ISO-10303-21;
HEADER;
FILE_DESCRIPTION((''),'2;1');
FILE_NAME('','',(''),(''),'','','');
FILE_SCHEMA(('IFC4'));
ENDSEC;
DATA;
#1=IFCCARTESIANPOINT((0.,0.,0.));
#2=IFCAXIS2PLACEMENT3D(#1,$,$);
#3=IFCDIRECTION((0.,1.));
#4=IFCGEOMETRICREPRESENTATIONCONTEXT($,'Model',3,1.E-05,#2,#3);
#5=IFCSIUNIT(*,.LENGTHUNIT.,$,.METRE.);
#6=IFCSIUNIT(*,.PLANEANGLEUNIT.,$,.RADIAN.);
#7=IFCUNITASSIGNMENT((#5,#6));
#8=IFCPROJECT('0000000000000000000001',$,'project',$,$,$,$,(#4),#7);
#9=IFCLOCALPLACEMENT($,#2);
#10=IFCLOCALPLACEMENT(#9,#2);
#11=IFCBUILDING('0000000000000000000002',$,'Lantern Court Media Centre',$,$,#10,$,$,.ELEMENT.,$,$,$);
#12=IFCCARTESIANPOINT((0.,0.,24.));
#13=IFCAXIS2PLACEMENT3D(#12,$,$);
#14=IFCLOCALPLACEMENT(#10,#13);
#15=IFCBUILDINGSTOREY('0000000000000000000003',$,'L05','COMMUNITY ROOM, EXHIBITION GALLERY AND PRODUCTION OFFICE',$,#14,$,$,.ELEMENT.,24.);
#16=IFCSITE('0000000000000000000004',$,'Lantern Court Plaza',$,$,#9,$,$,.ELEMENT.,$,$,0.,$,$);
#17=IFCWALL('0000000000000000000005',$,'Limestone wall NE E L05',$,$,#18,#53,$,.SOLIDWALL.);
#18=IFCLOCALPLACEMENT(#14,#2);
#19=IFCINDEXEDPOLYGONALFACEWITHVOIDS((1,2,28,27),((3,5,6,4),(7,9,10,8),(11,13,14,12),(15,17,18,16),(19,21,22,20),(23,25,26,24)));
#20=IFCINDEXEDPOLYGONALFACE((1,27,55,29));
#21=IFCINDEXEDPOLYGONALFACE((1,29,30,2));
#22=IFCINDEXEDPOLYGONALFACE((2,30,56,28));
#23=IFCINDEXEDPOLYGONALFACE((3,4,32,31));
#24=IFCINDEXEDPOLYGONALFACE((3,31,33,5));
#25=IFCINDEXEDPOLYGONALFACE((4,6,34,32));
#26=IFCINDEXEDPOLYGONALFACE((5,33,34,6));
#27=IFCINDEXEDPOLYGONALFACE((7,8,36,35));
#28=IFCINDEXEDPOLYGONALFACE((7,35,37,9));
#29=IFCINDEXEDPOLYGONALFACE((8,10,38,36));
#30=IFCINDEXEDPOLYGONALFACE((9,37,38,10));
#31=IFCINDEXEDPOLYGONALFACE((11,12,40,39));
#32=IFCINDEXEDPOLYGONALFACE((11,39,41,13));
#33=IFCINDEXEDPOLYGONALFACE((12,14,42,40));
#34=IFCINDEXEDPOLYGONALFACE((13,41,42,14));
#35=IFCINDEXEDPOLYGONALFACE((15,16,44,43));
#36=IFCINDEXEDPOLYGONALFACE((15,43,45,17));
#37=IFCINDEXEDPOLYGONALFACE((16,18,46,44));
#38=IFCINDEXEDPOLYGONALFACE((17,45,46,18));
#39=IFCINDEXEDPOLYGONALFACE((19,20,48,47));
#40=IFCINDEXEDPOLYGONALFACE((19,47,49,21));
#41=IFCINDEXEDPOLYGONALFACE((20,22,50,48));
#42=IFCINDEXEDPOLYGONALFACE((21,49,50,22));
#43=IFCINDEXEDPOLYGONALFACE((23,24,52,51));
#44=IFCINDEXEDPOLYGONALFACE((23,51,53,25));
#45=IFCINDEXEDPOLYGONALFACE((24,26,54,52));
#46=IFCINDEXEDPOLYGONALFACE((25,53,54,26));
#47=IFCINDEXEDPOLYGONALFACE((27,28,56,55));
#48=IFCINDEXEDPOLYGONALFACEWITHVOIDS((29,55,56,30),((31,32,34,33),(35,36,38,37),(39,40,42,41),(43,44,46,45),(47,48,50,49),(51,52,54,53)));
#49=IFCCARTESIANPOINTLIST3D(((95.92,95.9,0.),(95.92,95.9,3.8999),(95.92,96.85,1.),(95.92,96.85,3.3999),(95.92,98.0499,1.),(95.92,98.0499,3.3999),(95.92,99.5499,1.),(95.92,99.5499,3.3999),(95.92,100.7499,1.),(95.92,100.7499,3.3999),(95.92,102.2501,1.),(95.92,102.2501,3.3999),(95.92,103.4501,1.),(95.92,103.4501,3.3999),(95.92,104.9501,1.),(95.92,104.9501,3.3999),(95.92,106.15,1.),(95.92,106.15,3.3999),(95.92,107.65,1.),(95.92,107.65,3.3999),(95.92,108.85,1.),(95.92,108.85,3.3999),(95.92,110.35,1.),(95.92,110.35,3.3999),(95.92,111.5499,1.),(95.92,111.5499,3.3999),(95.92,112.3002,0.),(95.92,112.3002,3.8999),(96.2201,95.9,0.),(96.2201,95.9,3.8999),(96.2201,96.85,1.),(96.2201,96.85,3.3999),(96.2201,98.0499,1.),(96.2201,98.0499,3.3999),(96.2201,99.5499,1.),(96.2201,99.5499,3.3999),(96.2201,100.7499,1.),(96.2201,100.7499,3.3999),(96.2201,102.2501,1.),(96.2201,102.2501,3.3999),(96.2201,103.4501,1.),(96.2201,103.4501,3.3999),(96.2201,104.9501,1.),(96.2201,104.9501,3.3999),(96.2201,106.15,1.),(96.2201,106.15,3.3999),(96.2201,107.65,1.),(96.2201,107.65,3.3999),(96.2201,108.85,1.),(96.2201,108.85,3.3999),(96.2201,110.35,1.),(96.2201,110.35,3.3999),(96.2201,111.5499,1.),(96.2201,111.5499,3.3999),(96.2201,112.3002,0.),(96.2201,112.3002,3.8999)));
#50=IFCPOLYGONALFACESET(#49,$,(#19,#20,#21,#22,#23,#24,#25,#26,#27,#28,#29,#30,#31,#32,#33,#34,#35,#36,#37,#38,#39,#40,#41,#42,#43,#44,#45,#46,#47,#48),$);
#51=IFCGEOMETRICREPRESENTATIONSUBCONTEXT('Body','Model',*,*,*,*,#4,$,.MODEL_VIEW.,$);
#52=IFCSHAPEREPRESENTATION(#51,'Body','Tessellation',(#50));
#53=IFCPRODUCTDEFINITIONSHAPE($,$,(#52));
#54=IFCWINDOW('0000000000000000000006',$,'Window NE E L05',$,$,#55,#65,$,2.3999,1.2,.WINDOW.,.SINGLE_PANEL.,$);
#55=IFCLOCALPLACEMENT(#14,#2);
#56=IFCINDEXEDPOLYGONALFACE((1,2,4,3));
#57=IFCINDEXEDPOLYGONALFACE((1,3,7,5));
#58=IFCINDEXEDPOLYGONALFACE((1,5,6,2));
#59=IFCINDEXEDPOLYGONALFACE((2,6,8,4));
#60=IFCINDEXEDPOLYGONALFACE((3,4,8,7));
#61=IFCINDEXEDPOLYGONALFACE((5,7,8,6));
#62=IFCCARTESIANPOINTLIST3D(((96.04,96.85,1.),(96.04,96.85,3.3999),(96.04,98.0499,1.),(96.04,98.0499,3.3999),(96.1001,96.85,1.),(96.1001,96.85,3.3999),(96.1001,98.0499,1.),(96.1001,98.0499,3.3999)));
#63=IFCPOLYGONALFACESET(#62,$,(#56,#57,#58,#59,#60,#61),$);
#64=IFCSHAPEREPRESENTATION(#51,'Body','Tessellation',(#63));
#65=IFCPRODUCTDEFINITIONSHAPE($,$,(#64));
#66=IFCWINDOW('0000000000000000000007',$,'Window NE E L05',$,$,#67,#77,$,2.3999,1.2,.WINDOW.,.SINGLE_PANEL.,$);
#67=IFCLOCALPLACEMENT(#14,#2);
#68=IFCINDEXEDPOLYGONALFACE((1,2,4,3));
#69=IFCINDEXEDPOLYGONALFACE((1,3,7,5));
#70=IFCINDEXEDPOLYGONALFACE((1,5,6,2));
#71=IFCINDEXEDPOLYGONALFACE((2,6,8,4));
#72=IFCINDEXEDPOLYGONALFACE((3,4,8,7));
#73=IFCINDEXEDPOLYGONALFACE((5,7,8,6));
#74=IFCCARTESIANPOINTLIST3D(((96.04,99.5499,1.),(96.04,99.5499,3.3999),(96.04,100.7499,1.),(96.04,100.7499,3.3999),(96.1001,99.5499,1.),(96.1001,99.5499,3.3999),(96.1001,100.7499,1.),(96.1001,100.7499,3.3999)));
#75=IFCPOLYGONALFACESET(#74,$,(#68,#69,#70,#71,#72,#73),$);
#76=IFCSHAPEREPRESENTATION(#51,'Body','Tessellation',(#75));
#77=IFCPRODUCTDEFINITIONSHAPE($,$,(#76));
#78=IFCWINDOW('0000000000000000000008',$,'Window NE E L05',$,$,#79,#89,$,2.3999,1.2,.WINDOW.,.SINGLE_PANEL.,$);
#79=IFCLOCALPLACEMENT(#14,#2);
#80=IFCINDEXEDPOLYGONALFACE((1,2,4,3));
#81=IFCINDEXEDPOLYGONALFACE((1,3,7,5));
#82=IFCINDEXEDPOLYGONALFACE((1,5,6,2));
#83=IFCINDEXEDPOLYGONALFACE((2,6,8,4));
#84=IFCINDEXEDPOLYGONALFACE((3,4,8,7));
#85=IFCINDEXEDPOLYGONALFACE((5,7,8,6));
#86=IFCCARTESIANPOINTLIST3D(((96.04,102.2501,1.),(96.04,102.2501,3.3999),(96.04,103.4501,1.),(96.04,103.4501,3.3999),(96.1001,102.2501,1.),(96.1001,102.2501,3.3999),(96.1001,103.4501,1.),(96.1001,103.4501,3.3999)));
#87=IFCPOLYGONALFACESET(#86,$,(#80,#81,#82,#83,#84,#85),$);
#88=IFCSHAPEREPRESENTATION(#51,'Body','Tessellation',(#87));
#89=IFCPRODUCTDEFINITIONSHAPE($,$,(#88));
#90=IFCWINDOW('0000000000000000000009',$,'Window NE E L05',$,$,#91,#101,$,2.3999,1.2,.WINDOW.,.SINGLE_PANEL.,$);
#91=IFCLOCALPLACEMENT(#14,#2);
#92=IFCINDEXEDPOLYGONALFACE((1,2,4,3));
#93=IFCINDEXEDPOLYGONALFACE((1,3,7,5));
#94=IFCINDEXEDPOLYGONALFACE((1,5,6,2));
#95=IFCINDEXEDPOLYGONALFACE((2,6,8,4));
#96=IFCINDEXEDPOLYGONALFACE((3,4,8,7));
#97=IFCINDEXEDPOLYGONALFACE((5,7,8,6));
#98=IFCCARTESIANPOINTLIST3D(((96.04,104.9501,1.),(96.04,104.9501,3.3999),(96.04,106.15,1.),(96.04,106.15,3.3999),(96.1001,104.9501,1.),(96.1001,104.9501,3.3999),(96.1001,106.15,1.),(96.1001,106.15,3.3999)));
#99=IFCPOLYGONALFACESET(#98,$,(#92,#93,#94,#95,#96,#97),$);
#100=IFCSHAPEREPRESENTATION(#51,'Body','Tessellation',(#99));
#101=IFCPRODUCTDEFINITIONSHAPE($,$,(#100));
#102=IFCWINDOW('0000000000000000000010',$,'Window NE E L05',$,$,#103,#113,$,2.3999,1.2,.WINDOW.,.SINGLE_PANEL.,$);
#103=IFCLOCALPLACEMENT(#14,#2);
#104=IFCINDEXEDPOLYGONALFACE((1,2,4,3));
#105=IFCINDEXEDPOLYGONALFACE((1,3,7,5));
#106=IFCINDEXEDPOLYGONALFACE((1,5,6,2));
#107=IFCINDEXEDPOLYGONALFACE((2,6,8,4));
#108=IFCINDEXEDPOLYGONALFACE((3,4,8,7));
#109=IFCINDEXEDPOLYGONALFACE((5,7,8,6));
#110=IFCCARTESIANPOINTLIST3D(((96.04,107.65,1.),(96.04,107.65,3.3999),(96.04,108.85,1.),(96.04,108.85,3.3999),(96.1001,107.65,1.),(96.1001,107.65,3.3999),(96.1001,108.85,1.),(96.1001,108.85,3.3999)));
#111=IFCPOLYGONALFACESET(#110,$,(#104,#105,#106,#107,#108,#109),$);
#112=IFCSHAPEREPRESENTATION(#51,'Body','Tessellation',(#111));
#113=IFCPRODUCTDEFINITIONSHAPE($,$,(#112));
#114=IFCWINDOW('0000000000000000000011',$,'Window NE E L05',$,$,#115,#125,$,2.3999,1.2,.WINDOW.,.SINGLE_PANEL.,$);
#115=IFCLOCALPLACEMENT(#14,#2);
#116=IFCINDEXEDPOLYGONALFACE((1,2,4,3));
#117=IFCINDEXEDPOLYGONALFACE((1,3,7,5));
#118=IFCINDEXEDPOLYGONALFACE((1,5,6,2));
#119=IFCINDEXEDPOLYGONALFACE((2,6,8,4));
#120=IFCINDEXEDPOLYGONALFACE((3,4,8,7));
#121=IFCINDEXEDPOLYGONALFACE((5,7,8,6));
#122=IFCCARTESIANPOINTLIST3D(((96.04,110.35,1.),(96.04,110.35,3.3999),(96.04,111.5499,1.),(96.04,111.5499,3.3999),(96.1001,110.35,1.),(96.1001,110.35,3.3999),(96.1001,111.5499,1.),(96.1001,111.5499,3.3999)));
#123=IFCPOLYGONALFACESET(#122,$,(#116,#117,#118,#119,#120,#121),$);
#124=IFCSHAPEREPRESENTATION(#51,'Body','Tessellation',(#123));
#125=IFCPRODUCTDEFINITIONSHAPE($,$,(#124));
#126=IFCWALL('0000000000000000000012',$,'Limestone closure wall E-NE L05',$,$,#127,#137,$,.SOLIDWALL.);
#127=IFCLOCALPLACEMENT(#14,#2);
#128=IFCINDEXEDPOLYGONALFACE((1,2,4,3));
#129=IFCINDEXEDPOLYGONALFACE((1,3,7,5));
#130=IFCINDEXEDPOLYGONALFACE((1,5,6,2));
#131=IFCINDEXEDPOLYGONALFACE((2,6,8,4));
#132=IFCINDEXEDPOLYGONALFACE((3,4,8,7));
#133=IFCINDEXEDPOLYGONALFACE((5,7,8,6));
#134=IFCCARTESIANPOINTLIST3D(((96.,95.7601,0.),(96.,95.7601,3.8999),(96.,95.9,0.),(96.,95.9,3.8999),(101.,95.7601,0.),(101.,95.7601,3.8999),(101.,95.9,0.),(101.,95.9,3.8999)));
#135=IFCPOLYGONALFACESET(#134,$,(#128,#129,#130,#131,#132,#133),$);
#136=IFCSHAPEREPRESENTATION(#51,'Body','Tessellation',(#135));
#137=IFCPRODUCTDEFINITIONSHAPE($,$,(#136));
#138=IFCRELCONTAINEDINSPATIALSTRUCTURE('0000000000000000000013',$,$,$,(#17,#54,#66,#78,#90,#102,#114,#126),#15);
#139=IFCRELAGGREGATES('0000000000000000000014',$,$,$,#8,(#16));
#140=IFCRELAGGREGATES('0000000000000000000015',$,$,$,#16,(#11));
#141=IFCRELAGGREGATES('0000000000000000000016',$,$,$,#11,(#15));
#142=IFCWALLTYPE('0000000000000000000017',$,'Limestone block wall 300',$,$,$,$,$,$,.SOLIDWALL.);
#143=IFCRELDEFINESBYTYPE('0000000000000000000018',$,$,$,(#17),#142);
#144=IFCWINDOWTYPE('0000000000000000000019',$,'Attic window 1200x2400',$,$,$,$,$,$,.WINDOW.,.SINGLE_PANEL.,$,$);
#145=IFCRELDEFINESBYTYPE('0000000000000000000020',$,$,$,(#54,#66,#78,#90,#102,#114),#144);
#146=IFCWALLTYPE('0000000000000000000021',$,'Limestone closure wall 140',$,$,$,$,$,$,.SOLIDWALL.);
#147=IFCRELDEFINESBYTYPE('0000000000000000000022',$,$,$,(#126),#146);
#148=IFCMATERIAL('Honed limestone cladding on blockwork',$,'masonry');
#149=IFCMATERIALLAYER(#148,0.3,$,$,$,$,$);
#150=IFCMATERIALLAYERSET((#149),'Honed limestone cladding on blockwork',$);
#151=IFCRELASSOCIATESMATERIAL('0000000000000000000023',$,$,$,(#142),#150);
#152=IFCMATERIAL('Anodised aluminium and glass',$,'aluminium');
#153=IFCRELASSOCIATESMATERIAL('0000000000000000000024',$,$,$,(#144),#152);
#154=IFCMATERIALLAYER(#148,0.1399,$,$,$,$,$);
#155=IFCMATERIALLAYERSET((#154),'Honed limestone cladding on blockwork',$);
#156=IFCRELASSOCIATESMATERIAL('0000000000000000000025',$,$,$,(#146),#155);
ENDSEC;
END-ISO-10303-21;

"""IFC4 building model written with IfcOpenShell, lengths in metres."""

from ifc_helpers import new_model, si_unit, direction, frame, frame_2d, origin, place, context, subcontext, project, spatial, rectangle, extrude, material, layer, layer_set, type_object, element, fill, save


model = new_model("IFC4")

# Units and contexts
model_context = context("Model", 3, precision=1e-05, world=origin(), true_north=direction((0.0, 1.0)))
body_context = subcontext(model_context, "Body", "Model", "MODEL_VIEW")
ifc_project = project(units=[si_unit("LENGTHUNIT", "METRE"), si_unit("PLANEANGLEUNIT", "RADIAN")], contexts=[model_context])

# Site, building, storey
site_placement = place(None, origin())
site = spatial("IfcSite", under=ifc_project, at=site_placement, Name="Lantern Court Plaza", CompositionType="ELEMENT", RefElevation=0.0)
building_placement = place(site_placement, origin())
building = spatial("IfcBuilding", under=site, at=building_placement, Name="Lantern Court Media Centre", CompositionType="ELEMENT")
storey_placement = place(building_placement, frame((0.0, 0.0, 24.0)))
storey = spatial("IfcBuildingStorey", under=building, at=storey_placement, Name="L05", Description="COMMUNITY ROOM, EXHIBITION GALLERY AND PRODUCTION OFFICE", CompositionType="ELEMENT", Elevation=24.0)

# Wall, openings, windows
ifc_material_1 = material(Name="Honed limestone cladding on blockwork", Category="masonry")
ifc_layer_1 = layer(ifc_material_1, 0.3)
ifc_layer_set_1 = layer_set([ifc_layer_1], Name="Honed limestone cladding on blockwork")
wall_type_1 = type_object("IfcWallType", Name="Limestone block wall 300", PredefinedType="SOLIDWALL", material=ifc_layer_set_1)
wall_1_placement = place(storey_placement, frame((96.0701, 95.8999, 0.0), z_axis=(0.0, 0.0, 1.0), x_axis=(0.0, 1.0, 0.0)))
wall_1 = element("IfcWall", 1, at=wall_1_placement, inside=storey, type_object=wall_type_1, Name="Limestone wall NE E L05", PredefinedType="SOLIDWALL", context=body_context, shape_type="SweptSolid", body=[
    extrude(rectangle(XDim=16.4001, YDim=0.3, at=frame_2d((8.2002, 0.0))), origin(), (0.0, 0.0, 1.0), 3.8999),
])
opening_1_placement = place(wall_1_placement, frame((0.95, 0.0, 1.0)))
opening_1 = element("IfcOpeningElement", 2, at=opening_1_placement, cuts=wall_1, PredefinedType="OPENING", context=body_context, shape_type="SweptSolid", body=[
    extrude(rectangle(XDim=1.2, YDim=2.3999, at=frame_2d((0.6001, 1.2))), frame((0.0, 0.1599, 0.0), z_axis=(0.0, -1.0, 0.0), x_axis=(1.0, 0.0, 0.0)), (0.0, 0.0, 1.0), 0.3201),
])
opening_2_placement = place(wall_1_placement, frame((3.6499, 0.0, 1.0)))
opening_2 = element("IfcOpeningElement", 3, at=opening_2_placement, cuts=wall_1, PredefinedType="OPENING", context=body_context, shape_type="SweptSolid", body=[
    extrude(rectangle(XDim=1.2, YDim=2.3999, at=frame_2d((0.6001, 1.2))), frame((0.0, 0.1599, 0.0), z_axis=(0.0, -1.0, 0.0), x_axis=(1.0, 0.0, 0.0)), (0.0, 0.0, 1.0), 0.3201),
])
opening_3_placement = place(wall_1_placement, frame((6.3501, 0.0, 1.0)))
opening_3 = element("IfcOpeningElement", 4, at=opening_3_placement, cuts=wall_1, PredefinedType="OPENING", context=body_context, shape_type="SweptSolid", body=[
    extrude(rectangle(XDim=1.2, YDim=2.3999, at=frame_2d((0.6001, 1.2))), frame((0.0, 0.1599, 0.0), z_axis=(0.0, -1.0, 0.0), x_axis=(1.0, 0.0, 0.0)), (0.0, 0.0, 1.0), 0.3201),
])
opening_4_placement = place(wall_1_placement, frame((9.05, 0.0, 1.0)))
opening_4 = element("IfcOpeningElement", 5, at=opening_4_placement, cuts=wall_1, PredefinedType="OPENING", context=body_context, shape_type="SweptSolid", body=[
    extrude(rectangle(XDim=1.2, YDim=2.3999, at=frame_2d((0.6001, 1.2))), frame((0.0, 0.1599, 0.0), z_axis=(0.0, -1.0, 0.0), x_axis=(1.0, 0.0, 0.0)), (0.0, 0.0, 1.0), 0.3201),
])
opening_5_placement = place(wall_1_placement, frame((11.75, 0.0, 1.0)))
opening_5 = element("IfcOpeningElement", 6, at=opening_5_placement, cuts=wall_1, PredefinedType="OPENING", context=body_context, shape_type="SweptSolid", body=[
    extrude(rectangle(XDim=1.2, YDim=2.3999, at=frame_2d((0.6001, 1.2))), frame((0.0, 0.1599, 0.0), z_axis=(0.0, -1.0, 0.0), x_axis=(1.0, 0.0, 0.0)), (0.0, 0.0, 1.0), 0.3201),
])
opening_6_placement = place(wall_1_placement, frame((14.45, 0.0, 1.0)))
opening_6 = element("IfcOpeningElement", 7, at=opening_6_placement, cuts=wall_1, PredefinedType="OPENING", context=body_context, shape_type="SweptSolid", body=[
    extrude(rectangle(XDim=1.2, YDim=2.3999, at=frame_2d((0.6001, 1.2))), frame((0.0, 0.1599, 0.0), z_axis=(0.0, -1.0, 0.0), x_axis=(1.0, 0.0, 0.0)), (0.0, 0.0, 1.0), 0.3201),
])
ifc_material_2 = material(Name="Anodised aluminium and glass", Category="aluminium")
window_type = type_object("IfcWindowType", Name="Attic window 1200x2400", PartitioningType="SINGLE_PANEL", PredefinedType="WINDOW", material=ifc_material_2)
window_1_placement = place(opening_1_placement, origin())
window_1 = element("IfcWindow", 8, at=window_1_placement, inside=storey, type_object=window_type, Name="Window NE E L05", OverallHeight=2.3999, OverallWidth=1.2, PartitioningType="SINGLE_PANEL", PredefinedType="WINDOW", context=body_context, shape_type="SweptSolid", body=[
    extrude(rectangle(XDim=1.2, YDim=2.3999, at=frame_2d((0.6001, 1.2))), frame((0.0, 0.03, 0.0), z_axis=(0.0, -1.0, 0.0), x_axis=(1.0, 0.0, 0.0)), (0.0, 0.0, 1.0), 0.0601),
])
fill(opening_1, window_1)
window_2_placement = place(opening_2_placement, origin())
window_2 = element("IfcWindow", 9, at=window_2_placement, inside=storey, type_object=window_type, Name="Window NE E L05", OverallHeight=2.3999, OverallWidth=1.2, PartitioningType="SINGLE_PANEL", PredefinedType="WINDOW", context=body_context, shape_type="SweptSolid", body=[
    extrude(rectangle(XDim=1.2, YDim=2.3999, at=frame_2d((0.6001, 1.2))), frame((0.0, 0.03, 0.0), z_axis=(0.0, -1.0, 0.0), x_axis=(1.0, 0.0, 0.0)), (0.0, 0.0, 1.0), 0.0601),
])
fill(opening_2, window_2)
window_3_placement = place(opening_3_placement, origin())
window_3 = element("IfcWindow", 10, at=window_3_placement, inside=storey, type_object=window_type, Name="Window NE E L05", OverallHeight=2.3999, OverallWidth=1.2, PartitioningType="SINGLE_PANEL", PredefinedType="WINDOW", context=body_context, shape_type="SweptSolid", body=[
    extrude(rectangle(XDim=1.2, YDim=2.3999, at=frame_2d((0.6001, 1.2))), frame((0.0, 0.03, 0.0), z_axis=(0.0, -1.0, 0.0), x_axis=(1.0, 0.0, 0.0)), (0.0, 0.0, 1.0), 0.0601),
])
fill(opening_3, window_3)
window_4_placement = place(opening_4_placement, origin())
window_4 = element("IfcWindow", 11, at=window_4_placement, inside=storey, type_object=window_type, Name="Window NE E L05", OverallHeight=2.3999, OverallWidth=1.2, PartitioningType="SINGLE_PANEL", PredefinedType="WINDOW", context=body_context, shape_type="SweptSolid", body=[
    extrude(rectangle(XDim=1.2, YDim=2.3999, at=frame_2d((0.6001, 1.2))), frame((0.0, 0.03, 0.0), z_axis=(0.0, -1.0, 0.0), x_axis=(1.0, 0.0, 0.0)), (0.0, 0.0, 1.0), 0.0601),
])
fill(opening_4, window_4)
window_5_placement = place(opening_5_placement, origin())
window_5 = element("IfcWindow", 12, at=window_5_placement, inside=storey, type_object=window_type, Name="Window NE E L05", OverallHeight=2.3999, OverallWidth=1.2, PartitioningType="SINGLE_PANEL", PredefinedType="WINDOW", context=body_context, shape_type="SweptSolid", body=[
    extrude(rectangle(XDim=1.2, YDim=2.3999, at=frame_2d((0.6001, 1.2))), frame((0.0, 0.03, 0.0), z_axis=(0.0, -1.0, 0.0), x_axis=(1.0, 0.0, 0.0)), (0.0, 0.0, 1.0), 0.0601),
])
fill(opening_5, window_5)
window_6_placement = place(opening_6_placement, origin())
window_6 = element("IfcWindow", 13, at=window_6_placement, inside=storey, type_object=window_type, Name="Window NE E L05", OverallHeight=2.3999, OverallWidth=1.2, PartitioningType="SINGLE_PANEL", PredefinedType="WINDOW", context=body_context, shape_type="SweptSolid", body=[
    extrude(rectangle(XDim=1.2, YDim=2.3999, at=frame_2d((0.6001, 1.2))), frame((0.0, 0.03, 0.0), z_axis=(0.0, -1.0, 0.0), x_axis=(1.0, 0.0, 0.0)), (0.0, 0.0, 1.0), 0.0601),
])
fill(opening_6, window_6)

# Wall
ifc_layer_2 = layer(ifc_material_1, 0.1399)
ifc_layer_set_2 = layer_set([ifc_layer_2], Name="Honed limestone cladding on blockwork")
wall_type_2 = type_object("IfcWallType", Name="Limestone closure wall 140", PredefinedType="SOLIDWALL", material=ifc_layer_set_2)
wall_2_placement = place(storey_placement, frame((96.0, 95.8301, 0.0), z_axis=(0.0, 0.0, 1.0), x_axis=(1.0, 0.0, 0.0)))
element("IfcWall", 14, at=wall_2_placement, inside=storey, type_object=wall_type_2, Name="Limestone closure wall E-NE L05", PredefinedType="SOLIDWALL", context=body_context, shape_type="SweptSolid", body=[
    extrude(rectangle(XDim=5.0, YDim=0.1399, at=frame_2d((2.5, 0.0))), origin(), (0.0, 0.0, 1.0), 3.8999),
])

save(model, "model.ifc")
